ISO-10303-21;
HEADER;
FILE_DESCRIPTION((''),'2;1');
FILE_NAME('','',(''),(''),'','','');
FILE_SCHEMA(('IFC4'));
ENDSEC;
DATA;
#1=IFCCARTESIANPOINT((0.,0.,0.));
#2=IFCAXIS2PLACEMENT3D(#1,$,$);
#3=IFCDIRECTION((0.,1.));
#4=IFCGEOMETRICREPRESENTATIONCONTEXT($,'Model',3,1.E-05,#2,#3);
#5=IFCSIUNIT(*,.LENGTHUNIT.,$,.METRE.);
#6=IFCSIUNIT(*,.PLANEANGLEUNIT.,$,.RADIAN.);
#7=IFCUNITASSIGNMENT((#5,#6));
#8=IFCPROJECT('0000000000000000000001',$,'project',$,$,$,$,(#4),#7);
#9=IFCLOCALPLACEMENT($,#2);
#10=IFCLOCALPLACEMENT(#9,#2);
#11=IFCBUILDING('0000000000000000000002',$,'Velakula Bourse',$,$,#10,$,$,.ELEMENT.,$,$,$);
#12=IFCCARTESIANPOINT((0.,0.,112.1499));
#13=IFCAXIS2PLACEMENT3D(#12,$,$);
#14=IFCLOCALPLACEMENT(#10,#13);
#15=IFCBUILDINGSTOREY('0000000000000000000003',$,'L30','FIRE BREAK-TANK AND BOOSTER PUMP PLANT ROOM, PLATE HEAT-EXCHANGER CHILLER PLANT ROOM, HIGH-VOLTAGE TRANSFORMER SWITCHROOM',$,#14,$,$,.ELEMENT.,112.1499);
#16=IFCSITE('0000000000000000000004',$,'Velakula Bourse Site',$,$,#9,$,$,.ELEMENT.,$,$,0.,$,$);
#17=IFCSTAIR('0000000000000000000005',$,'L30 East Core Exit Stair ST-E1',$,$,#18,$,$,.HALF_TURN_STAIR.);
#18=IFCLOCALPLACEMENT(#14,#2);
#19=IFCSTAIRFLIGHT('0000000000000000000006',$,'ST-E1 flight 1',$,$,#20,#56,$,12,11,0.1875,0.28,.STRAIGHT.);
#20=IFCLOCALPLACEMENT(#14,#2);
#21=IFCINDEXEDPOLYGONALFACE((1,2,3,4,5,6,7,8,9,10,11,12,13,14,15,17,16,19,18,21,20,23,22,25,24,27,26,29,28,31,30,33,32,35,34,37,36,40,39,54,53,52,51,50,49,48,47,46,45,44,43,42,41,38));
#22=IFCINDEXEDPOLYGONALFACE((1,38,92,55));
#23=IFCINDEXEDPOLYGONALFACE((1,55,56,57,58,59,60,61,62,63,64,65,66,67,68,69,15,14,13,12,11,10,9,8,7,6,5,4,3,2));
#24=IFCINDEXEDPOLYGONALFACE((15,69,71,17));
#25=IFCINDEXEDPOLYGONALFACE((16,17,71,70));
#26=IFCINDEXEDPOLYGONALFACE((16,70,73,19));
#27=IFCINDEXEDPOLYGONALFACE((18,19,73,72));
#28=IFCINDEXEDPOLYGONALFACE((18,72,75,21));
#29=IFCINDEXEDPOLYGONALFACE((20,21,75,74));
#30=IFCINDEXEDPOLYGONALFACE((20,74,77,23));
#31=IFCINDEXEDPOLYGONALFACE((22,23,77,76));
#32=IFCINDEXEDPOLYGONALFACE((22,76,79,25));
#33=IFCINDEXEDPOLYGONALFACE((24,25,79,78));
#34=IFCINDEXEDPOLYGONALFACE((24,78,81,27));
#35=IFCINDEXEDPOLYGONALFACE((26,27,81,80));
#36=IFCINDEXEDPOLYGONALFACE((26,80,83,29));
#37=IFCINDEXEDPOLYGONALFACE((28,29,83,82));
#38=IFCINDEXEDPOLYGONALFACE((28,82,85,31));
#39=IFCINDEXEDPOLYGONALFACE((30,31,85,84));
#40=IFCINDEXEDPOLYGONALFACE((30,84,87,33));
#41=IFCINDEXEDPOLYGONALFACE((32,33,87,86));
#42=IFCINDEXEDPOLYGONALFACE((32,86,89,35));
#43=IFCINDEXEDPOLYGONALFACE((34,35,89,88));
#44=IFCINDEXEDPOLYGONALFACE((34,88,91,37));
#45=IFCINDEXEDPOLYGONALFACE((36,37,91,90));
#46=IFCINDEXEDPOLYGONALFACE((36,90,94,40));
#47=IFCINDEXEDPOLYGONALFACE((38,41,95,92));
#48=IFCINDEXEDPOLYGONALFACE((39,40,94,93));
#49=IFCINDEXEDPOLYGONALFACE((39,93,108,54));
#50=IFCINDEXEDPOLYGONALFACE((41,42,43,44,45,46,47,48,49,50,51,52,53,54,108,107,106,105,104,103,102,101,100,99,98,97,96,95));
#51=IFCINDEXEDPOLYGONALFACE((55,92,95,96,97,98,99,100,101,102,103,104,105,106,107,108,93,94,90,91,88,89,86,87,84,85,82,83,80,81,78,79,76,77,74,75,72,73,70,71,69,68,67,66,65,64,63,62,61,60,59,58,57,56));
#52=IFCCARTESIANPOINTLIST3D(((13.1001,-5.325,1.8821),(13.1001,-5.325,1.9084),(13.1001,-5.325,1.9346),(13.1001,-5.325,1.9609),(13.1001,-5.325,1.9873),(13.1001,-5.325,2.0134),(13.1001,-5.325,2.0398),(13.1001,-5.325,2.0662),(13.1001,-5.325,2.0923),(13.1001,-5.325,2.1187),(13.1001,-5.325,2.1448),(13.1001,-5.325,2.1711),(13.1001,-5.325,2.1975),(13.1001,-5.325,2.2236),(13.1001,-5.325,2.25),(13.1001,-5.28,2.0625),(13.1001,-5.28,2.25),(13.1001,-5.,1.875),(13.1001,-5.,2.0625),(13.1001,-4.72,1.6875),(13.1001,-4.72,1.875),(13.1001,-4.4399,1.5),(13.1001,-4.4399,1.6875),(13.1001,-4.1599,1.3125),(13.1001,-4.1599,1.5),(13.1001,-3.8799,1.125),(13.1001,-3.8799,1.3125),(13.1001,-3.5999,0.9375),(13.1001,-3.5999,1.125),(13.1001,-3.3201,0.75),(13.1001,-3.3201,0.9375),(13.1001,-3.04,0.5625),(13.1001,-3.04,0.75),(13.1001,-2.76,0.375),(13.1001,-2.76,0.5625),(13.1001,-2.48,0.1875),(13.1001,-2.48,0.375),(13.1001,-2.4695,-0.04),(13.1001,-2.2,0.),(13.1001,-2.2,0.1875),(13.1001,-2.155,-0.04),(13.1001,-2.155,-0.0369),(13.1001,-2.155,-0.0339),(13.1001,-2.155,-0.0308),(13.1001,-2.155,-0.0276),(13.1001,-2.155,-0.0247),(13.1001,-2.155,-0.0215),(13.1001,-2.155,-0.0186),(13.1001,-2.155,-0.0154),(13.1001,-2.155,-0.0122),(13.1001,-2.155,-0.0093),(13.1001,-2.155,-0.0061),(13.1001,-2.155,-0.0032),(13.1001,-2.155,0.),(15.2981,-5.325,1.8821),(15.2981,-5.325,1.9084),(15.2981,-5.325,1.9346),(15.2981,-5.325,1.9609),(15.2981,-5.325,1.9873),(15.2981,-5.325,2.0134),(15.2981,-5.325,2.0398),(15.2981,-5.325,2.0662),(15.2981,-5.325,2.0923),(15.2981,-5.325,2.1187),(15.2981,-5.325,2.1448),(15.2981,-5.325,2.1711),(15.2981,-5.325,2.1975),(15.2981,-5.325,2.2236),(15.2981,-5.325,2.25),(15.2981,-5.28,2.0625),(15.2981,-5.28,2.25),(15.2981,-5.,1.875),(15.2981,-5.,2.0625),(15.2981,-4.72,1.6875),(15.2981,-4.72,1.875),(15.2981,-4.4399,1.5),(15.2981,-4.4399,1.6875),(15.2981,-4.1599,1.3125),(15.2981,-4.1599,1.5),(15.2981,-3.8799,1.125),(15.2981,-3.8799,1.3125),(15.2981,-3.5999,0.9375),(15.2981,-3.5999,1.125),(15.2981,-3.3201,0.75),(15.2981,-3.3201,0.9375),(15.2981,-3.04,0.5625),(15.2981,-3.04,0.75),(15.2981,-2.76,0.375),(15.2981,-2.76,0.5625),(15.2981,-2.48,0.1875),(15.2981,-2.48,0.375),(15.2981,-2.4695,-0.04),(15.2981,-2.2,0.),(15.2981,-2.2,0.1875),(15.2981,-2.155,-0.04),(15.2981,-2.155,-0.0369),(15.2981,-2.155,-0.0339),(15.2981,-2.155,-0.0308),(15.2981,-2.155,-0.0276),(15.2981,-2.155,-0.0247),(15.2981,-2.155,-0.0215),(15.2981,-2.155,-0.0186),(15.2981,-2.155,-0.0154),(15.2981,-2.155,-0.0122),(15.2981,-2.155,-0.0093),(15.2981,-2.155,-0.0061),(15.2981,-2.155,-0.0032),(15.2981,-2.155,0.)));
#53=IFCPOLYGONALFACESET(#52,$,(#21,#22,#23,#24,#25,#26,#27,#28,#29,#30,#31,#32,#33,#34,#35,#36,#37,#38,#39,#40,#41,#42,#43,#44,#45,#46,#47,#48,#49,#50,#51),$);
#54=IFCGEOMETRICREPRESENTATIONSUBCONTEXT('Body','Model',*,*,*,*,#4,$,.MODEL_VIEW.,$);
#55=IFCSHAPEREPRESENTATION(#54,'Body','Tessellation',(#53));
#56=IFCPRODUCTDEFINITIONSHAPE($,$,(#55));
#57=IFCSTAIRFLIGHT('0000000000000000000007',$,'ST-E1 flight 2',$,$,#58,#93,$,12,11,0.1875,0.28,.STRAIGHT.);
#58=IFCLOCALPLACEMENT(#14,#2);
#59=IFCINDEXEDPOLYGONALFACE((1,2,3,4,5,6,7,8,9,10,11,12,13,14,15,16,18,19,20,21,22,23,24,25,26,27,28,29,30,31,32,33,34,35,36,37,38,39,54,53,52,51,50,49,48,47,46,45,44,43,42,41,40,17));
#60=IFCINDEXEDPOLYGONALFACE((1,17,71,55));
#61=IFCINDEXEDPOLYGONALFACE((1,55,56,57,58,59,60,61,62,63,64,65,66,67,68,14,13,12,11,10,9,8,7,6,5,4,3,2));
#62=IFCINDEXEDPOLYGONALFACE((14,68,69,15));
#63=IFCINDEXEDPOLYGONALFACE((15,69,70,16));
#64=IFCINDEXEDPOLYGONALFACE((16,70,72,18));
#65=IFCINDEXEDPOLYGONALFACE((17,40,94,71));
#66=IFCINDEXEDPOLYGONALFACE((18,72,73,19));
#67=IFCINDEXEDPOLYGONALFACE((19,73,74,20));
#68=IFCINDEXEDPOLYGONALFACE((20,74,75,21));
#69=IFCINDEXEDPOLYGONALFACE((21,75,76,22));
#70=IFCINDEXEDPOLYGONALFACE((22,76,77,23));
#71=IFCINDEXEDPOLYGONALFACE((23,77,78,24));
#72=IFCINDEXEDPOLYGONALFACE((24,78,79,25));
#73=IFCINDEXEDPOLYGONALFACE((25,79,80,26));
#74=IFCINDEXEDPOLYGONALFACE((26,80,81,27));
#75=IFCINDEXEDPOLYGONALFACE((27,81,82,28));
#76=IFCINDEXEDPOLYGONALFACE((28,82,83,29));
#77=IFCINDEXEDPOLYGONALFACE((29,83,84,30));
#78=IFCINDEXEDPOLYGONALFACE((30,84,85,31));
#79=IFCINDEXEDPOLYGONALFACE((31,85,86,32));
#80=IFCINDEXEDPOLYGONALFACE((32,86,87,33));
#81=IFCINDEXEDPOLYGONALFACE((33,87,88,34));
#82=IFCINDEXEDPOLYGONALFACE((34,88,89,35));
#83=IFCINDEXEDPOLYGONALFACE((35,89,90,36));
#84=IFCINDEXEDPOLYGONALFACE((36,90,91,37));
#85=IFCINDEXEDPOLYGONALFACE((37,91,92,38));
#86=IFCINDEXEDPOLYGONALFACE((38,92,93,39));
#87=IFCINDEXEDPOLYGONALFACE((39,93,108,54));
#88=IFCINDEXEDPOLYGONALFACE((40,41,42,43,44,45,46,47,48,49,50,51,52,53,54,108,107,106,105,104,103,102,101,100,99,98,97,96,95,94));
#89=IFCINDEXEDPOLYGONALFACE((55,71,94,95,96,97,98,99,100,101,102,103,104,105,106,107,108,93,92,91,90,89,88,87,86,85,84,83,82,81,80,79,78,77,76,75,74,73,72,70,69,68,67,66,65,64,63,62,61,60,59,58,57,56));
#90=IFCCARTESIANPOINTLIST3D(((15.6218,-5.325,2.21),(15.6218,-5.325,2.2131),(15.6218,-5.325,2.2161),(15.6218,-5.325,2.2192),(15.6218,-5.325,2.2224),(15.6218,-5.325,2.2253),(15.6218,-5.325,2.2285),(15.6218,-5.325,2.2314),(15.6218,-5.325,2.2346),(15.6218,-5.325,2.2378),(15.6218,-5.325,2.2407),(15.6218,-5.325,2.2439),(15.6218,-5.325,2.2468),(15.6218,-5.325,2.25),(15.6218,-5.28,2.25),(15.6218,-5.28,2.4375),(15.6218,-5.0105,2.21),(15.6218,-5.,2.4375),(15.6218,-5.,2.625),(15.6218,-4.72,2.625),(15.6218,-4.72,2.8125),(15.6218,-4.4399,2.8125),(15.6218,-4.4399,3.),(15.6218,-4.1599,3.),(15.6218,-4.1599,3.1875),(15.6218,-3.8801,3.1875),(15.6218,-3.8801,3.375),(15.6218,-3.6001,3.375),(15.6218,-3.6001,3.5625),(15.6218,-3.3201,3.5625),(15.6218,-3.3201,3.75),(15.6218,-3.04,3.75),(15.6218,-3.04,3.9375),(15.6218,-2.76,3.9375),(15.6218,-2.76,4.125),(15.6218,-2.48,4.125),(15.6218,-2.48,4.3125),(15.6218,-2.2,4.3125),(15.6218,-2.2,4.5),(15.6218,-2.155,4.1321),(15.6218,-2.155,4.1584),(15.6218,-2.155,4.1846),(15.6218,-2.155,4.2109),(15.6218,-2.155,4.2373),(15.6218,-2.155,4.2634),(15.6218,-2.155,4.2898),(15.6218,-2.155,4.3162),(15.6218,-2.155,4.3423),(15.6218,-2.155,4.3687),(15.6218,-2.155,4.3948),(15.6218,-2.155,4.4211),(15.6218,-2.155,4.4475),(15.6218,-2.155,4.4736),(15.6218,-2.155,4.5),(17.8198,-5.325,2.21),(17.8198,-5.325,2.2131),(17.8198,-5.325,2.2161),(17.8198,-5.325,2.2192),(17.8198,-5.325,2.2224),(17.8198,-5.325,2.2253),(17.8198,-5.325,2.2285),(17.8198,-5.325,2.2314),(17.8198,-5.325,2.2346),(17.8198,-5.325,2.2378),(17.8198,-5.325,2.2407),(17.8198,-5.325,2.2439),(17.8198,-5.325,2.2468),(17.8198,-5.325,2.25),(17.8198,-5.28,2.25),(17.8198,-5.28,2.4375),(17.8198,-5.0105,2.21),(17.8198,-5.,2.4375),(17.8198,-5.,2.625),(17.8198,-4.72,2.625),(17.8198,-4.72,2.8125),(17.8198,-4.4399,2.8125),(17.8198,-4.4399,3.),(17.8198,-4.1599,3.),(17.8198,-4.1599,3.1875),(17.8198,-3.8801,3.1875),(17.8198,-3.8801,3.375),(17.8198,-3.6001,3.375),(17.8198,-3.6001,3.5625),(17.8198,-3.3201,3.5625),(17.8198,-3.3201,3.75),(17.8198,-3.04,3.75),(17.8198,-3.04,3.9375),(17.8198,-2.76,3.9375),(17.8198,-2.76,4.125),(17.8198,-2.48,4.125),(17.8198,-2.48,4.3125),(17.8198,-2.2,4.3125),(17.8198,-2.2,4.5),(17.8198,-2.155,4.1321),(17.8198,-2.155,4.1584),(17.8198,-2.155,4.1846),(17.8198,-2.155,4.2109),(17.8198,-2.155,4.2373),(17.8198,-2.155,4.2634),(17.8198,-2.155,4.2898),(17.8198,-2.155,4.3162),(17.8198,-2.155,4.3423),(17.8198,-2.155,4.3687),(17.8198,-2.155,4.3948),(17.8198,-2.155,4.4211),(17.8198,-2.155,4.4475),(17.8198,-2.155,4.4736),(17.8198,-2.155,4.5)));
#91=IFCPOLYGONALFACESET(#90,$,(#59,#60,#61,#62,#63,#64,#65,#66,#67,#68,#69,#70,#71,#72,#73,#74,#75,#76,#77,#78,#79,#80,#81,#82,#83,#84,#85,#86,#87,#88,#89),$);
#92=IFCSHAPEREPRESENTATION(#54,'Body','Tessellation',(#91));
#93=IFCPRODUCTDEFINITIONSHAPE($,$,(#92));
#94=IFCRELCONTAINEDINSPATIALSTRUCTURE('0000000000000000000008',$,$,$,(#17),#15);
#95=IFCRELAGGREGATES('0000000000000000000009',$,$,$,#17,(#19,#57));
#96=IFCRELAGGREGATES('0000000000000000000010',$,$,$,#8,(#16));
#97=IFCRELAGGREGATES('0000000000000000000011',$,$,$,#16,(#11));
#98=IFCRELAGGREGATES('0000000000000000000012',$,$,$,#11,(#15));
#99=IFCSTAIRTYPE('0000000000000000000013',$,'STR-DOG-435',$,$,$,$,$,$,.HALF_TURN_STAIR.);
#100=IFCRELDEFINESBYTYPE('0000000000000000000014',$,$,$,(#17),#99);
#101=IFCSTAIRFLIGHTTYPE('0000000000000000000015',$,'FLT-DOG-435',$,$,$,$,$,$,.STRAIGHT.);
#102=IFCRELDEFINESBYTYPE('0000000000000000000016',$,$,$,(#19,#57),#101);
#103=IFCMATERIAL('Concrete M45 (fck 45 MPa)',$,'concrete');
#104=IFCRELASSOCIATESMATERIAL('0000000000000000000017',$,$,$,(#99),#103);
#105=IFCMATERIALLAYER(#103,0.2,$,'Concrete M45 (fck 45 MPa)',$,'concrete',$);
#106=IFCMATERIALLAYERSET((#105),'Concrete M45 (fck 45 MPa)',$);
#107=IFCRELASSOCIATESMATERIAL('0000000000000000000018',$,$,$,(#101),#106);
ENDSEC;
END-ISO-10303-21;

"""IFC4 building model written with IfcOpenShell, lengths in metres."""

from ifc_helpers import new_model, si_unit, direction, frame, origin, place, context, subcontext, project, spatial, polyline, outline, extrude, material, layer, layer_set, type_object, element, aggregate, save


model = new_model("IFC4")

# Units and contexts
model_context = context("Model", 3, precision=1e-05, world=origin(), true_north=direction((0.0, 1.0)))
body_context = subcontext(model_context, "Body", "Model", "MODEL_VIEW")
ifc_project = project(units=[si_unit("LENGTHUNIT", "METRE"), si_unit("PLANEANGLEUNIT", "RADIAN")], contexts=[model_context])

# Site, building, storey
site_placement = place(None, origin())
site = spatial("IfcSite", under=ifc_project, at=site_placement, Name="Velakula Bourse Site", CompositionType="ELEMENT", RefElevation=0.0)
building_placement = place(site_placement, origin())
building = spatial("IfcBuilding", under=site, at=building_placement, Name="Velakula Bourse", CompositionType="ELEMENT")
storey_placement = place(building_placement, frame((0.0, 0.0, 112.1499)))
storey = spatial("IfcBuildingStorey", under=building, at=storey_placement, Name="L30", Description="FIRE BREAK-TANK AND BOOSTER PUMP PLANT ROOM, PLATE HEAT-EXCHANGER CHILLER PLANT ROOM, HIGH-VOLTAGE TRANSFORMER SWITCHROOM", CompositionType="ELEMENT", Elevation=112.1499)

# Stair, stair flights
ifc_material_1 = material(Name="Concrete M45 (fck 45 MPa)", Category="concrete")
stair_type = type_object("IfcStairType", Name="STR-DOG-435", PredefinedType="HALF_TURN_STAIR", material=ifc_material_1)
stair_placement = place(storey_placement, origin())
stair = element("IfcStair", 1, at=stair_placement, inside=storey, type_object=stair_type, Name="L30 East Core Exit Stair ST-E1", PredefinedType="HALF_TURN_STAIR")
ifc_layer_1 = layer(ifc_material_1, 0.2, Name="Concrete M45 (fck 45 MPa)", Category="concrete")
ifc_layer_set_1 = layer_set([ifc_layer_1], Name="Concrete M45 (fck 45 MPa)")
stair_flight_type = type_object("IfcStairFlightType", Name="FLT-DOG-435", PredefinedType="STRAIGHT", material=ifc_layer_set_1)
stair_flight_1_placement = place(storey_placement, frame((14.199, -2.2, 0.0), z_axis=(0.0, 0.0, 1.0), x_axis=(0.0, -1.0, 0.0)))
stair_flight_1 = element("IfcStairFlight", 2, at=stair_flight_1_placement, type_object=stair_flight_type, Name="ST-E1 flight 1", NumberOfRisers=12, NumberOfTreads=11, PredefinedType="STRAIGHT", RiserHeight=0.1875, TreadLength=0.28, context=body_context, shape_type="SweptSolid", body=[
    extrude(outline(polyline([(-0.0449, -0.04), (-0.0449, -0.0369), (-0.0449, -0.0339), (-0.0449, -0.0308), (-0.0449, -0.0276), (-0.0449, -0.0247), (-0.0449, -0.0215), (-0.0449, -0.0186), (-0.0449, -0.0154), (-0.0449, -0.0122), (-0.0449, -0.0093), (-0.0449, -0.0061), (-0.0449, -0.0032), (-0.0449, 0.0), (0.0, 0.0), (0.0, 0.1875), (0.28, 0.1875), (0.28, 0.375), (0.5601, 0.375), (0.5601, 0.5625), (0.8401, 0.5625), (0.8401, 0.75), (1.1201, 0.75), (1.1201, 0.9375), (1.3999, 0.9375), (1.3999, 1.125), (1.6799, 1.125), (1.6799, 1.3125), (1.96, 1.3125), (1.96, 1.5), (2.24, 1.5), (2.24, 1.6875), (2.52, 1.6875), (2.52, 1.875), (2.8, 1.875), (2.8, 2.0625), (3.0801, 2.0625), (3.0801, 2.25), (3.125, 2.25), (3.125, 2.2236), (3.125, 2.1975), (3.125, 2.1711), (3.125, 2.1448), (3.125, 2.1187), (3.125, 2.0923), (3.125, 2.0662), (3.125, 2.0398), (3.125, 2.0134), (3.125, 1.9873), (3.125, 1.9609), (3.125, 1.9346), (3.125, 1.9084), (3.125, 1.8821), (0.2695, -0.04), (-0.0449, -0.04)])), frame((0.0, 1.0991, 0.0), z_axis=(0.0, -1.0, 0.0), x_axis=(1.0, 0.0, 0.0)), (0.0, 0.0, 1.0), 2.198),
])
stair_flight_2_placement = place(storey_placement, frame((16.7209, -5.28, 2.25), z_axis=(0.0, 0.0, 1.0), x_axis=(0.0, 1.0, 0.0)))
stair_flight_2 = element("IfcStairFlight", 3, at=stair_flight_2_placement, type_object=stair_flight_type, Name="ST-E1 flight 2", NumberOfRisers=12, NumberOfTreads=11, PredefinedType="STRAIGHT", RiserHeight=0.1875, TreadLength=0.28, context=body_context, shape_type="SweptSolid", body=[
    extrude(outline(polyline([(-0.0449, -0.04), (-0.0449, -0.0369), (-0.0449, -0.0339), (-0.0449, -0.0308), (-0.0449, -0.0276), (-0.0449, -0.0247), (-0.0449, -0.0215), (-0.0449, -0.0186), (-0.0449, -0.0154), (-0.0449, -0.0122), (-0.0449, -0.0093), (-0.0449, -0.0061), (-0.0449, -0.0032), (-0.0449, 0.0), (0.0, 0.0), (0.0, 0.1875), (0.28, 0.1875), (0.28, 0.375), (0.5601, 0.375), (0.5601, 0.5625), (0.8401, 0.5625), (0.8401, 0.75), (1.1201, 0.75), (1.1201, 0.9375), (1.3999, 0.9375), (1.3999, 1.125), (1.6799, 1.125), (1.6799, 1.3125), (1.96, 1.3125), (1.96, 1.5), (2.24, 1.5), (2.24, 1.6875), (2.52, 1.6875), (2.52, 1.875), (2.8, 1.875), (2.8, 2.0625), (3.0801, 2.0625), (3.0801, 2.25), (3.125, 2.25), (3.125, 2.2236), (3.125, 2.1975), (3.125, 2.1711), (3.125, 2.1448), (3.125, 2.1187), (3.125, 2.0923), (3.125, 2.0662), (3.125, 2.0398), (3.125, 2.0134), (3.125, 1.9873), (3.125, 1.9609), (3.125, 1.9346), (3.125, 1.9084), (3.125, 1.8821), (0.2695, -0.04), (-0.0449, -0.04)])), frame((0.0, 1.0991, 0.0), z_axis=(0.0, -1.0, 0.0), x_axis=(1.0, 0.0, 0.0)), (0.0, 0.0, 1.0), 2.198),
])
aggregate(stair, [stair_flight_1, stair_flight_2])

save(model, "model.ifc")
